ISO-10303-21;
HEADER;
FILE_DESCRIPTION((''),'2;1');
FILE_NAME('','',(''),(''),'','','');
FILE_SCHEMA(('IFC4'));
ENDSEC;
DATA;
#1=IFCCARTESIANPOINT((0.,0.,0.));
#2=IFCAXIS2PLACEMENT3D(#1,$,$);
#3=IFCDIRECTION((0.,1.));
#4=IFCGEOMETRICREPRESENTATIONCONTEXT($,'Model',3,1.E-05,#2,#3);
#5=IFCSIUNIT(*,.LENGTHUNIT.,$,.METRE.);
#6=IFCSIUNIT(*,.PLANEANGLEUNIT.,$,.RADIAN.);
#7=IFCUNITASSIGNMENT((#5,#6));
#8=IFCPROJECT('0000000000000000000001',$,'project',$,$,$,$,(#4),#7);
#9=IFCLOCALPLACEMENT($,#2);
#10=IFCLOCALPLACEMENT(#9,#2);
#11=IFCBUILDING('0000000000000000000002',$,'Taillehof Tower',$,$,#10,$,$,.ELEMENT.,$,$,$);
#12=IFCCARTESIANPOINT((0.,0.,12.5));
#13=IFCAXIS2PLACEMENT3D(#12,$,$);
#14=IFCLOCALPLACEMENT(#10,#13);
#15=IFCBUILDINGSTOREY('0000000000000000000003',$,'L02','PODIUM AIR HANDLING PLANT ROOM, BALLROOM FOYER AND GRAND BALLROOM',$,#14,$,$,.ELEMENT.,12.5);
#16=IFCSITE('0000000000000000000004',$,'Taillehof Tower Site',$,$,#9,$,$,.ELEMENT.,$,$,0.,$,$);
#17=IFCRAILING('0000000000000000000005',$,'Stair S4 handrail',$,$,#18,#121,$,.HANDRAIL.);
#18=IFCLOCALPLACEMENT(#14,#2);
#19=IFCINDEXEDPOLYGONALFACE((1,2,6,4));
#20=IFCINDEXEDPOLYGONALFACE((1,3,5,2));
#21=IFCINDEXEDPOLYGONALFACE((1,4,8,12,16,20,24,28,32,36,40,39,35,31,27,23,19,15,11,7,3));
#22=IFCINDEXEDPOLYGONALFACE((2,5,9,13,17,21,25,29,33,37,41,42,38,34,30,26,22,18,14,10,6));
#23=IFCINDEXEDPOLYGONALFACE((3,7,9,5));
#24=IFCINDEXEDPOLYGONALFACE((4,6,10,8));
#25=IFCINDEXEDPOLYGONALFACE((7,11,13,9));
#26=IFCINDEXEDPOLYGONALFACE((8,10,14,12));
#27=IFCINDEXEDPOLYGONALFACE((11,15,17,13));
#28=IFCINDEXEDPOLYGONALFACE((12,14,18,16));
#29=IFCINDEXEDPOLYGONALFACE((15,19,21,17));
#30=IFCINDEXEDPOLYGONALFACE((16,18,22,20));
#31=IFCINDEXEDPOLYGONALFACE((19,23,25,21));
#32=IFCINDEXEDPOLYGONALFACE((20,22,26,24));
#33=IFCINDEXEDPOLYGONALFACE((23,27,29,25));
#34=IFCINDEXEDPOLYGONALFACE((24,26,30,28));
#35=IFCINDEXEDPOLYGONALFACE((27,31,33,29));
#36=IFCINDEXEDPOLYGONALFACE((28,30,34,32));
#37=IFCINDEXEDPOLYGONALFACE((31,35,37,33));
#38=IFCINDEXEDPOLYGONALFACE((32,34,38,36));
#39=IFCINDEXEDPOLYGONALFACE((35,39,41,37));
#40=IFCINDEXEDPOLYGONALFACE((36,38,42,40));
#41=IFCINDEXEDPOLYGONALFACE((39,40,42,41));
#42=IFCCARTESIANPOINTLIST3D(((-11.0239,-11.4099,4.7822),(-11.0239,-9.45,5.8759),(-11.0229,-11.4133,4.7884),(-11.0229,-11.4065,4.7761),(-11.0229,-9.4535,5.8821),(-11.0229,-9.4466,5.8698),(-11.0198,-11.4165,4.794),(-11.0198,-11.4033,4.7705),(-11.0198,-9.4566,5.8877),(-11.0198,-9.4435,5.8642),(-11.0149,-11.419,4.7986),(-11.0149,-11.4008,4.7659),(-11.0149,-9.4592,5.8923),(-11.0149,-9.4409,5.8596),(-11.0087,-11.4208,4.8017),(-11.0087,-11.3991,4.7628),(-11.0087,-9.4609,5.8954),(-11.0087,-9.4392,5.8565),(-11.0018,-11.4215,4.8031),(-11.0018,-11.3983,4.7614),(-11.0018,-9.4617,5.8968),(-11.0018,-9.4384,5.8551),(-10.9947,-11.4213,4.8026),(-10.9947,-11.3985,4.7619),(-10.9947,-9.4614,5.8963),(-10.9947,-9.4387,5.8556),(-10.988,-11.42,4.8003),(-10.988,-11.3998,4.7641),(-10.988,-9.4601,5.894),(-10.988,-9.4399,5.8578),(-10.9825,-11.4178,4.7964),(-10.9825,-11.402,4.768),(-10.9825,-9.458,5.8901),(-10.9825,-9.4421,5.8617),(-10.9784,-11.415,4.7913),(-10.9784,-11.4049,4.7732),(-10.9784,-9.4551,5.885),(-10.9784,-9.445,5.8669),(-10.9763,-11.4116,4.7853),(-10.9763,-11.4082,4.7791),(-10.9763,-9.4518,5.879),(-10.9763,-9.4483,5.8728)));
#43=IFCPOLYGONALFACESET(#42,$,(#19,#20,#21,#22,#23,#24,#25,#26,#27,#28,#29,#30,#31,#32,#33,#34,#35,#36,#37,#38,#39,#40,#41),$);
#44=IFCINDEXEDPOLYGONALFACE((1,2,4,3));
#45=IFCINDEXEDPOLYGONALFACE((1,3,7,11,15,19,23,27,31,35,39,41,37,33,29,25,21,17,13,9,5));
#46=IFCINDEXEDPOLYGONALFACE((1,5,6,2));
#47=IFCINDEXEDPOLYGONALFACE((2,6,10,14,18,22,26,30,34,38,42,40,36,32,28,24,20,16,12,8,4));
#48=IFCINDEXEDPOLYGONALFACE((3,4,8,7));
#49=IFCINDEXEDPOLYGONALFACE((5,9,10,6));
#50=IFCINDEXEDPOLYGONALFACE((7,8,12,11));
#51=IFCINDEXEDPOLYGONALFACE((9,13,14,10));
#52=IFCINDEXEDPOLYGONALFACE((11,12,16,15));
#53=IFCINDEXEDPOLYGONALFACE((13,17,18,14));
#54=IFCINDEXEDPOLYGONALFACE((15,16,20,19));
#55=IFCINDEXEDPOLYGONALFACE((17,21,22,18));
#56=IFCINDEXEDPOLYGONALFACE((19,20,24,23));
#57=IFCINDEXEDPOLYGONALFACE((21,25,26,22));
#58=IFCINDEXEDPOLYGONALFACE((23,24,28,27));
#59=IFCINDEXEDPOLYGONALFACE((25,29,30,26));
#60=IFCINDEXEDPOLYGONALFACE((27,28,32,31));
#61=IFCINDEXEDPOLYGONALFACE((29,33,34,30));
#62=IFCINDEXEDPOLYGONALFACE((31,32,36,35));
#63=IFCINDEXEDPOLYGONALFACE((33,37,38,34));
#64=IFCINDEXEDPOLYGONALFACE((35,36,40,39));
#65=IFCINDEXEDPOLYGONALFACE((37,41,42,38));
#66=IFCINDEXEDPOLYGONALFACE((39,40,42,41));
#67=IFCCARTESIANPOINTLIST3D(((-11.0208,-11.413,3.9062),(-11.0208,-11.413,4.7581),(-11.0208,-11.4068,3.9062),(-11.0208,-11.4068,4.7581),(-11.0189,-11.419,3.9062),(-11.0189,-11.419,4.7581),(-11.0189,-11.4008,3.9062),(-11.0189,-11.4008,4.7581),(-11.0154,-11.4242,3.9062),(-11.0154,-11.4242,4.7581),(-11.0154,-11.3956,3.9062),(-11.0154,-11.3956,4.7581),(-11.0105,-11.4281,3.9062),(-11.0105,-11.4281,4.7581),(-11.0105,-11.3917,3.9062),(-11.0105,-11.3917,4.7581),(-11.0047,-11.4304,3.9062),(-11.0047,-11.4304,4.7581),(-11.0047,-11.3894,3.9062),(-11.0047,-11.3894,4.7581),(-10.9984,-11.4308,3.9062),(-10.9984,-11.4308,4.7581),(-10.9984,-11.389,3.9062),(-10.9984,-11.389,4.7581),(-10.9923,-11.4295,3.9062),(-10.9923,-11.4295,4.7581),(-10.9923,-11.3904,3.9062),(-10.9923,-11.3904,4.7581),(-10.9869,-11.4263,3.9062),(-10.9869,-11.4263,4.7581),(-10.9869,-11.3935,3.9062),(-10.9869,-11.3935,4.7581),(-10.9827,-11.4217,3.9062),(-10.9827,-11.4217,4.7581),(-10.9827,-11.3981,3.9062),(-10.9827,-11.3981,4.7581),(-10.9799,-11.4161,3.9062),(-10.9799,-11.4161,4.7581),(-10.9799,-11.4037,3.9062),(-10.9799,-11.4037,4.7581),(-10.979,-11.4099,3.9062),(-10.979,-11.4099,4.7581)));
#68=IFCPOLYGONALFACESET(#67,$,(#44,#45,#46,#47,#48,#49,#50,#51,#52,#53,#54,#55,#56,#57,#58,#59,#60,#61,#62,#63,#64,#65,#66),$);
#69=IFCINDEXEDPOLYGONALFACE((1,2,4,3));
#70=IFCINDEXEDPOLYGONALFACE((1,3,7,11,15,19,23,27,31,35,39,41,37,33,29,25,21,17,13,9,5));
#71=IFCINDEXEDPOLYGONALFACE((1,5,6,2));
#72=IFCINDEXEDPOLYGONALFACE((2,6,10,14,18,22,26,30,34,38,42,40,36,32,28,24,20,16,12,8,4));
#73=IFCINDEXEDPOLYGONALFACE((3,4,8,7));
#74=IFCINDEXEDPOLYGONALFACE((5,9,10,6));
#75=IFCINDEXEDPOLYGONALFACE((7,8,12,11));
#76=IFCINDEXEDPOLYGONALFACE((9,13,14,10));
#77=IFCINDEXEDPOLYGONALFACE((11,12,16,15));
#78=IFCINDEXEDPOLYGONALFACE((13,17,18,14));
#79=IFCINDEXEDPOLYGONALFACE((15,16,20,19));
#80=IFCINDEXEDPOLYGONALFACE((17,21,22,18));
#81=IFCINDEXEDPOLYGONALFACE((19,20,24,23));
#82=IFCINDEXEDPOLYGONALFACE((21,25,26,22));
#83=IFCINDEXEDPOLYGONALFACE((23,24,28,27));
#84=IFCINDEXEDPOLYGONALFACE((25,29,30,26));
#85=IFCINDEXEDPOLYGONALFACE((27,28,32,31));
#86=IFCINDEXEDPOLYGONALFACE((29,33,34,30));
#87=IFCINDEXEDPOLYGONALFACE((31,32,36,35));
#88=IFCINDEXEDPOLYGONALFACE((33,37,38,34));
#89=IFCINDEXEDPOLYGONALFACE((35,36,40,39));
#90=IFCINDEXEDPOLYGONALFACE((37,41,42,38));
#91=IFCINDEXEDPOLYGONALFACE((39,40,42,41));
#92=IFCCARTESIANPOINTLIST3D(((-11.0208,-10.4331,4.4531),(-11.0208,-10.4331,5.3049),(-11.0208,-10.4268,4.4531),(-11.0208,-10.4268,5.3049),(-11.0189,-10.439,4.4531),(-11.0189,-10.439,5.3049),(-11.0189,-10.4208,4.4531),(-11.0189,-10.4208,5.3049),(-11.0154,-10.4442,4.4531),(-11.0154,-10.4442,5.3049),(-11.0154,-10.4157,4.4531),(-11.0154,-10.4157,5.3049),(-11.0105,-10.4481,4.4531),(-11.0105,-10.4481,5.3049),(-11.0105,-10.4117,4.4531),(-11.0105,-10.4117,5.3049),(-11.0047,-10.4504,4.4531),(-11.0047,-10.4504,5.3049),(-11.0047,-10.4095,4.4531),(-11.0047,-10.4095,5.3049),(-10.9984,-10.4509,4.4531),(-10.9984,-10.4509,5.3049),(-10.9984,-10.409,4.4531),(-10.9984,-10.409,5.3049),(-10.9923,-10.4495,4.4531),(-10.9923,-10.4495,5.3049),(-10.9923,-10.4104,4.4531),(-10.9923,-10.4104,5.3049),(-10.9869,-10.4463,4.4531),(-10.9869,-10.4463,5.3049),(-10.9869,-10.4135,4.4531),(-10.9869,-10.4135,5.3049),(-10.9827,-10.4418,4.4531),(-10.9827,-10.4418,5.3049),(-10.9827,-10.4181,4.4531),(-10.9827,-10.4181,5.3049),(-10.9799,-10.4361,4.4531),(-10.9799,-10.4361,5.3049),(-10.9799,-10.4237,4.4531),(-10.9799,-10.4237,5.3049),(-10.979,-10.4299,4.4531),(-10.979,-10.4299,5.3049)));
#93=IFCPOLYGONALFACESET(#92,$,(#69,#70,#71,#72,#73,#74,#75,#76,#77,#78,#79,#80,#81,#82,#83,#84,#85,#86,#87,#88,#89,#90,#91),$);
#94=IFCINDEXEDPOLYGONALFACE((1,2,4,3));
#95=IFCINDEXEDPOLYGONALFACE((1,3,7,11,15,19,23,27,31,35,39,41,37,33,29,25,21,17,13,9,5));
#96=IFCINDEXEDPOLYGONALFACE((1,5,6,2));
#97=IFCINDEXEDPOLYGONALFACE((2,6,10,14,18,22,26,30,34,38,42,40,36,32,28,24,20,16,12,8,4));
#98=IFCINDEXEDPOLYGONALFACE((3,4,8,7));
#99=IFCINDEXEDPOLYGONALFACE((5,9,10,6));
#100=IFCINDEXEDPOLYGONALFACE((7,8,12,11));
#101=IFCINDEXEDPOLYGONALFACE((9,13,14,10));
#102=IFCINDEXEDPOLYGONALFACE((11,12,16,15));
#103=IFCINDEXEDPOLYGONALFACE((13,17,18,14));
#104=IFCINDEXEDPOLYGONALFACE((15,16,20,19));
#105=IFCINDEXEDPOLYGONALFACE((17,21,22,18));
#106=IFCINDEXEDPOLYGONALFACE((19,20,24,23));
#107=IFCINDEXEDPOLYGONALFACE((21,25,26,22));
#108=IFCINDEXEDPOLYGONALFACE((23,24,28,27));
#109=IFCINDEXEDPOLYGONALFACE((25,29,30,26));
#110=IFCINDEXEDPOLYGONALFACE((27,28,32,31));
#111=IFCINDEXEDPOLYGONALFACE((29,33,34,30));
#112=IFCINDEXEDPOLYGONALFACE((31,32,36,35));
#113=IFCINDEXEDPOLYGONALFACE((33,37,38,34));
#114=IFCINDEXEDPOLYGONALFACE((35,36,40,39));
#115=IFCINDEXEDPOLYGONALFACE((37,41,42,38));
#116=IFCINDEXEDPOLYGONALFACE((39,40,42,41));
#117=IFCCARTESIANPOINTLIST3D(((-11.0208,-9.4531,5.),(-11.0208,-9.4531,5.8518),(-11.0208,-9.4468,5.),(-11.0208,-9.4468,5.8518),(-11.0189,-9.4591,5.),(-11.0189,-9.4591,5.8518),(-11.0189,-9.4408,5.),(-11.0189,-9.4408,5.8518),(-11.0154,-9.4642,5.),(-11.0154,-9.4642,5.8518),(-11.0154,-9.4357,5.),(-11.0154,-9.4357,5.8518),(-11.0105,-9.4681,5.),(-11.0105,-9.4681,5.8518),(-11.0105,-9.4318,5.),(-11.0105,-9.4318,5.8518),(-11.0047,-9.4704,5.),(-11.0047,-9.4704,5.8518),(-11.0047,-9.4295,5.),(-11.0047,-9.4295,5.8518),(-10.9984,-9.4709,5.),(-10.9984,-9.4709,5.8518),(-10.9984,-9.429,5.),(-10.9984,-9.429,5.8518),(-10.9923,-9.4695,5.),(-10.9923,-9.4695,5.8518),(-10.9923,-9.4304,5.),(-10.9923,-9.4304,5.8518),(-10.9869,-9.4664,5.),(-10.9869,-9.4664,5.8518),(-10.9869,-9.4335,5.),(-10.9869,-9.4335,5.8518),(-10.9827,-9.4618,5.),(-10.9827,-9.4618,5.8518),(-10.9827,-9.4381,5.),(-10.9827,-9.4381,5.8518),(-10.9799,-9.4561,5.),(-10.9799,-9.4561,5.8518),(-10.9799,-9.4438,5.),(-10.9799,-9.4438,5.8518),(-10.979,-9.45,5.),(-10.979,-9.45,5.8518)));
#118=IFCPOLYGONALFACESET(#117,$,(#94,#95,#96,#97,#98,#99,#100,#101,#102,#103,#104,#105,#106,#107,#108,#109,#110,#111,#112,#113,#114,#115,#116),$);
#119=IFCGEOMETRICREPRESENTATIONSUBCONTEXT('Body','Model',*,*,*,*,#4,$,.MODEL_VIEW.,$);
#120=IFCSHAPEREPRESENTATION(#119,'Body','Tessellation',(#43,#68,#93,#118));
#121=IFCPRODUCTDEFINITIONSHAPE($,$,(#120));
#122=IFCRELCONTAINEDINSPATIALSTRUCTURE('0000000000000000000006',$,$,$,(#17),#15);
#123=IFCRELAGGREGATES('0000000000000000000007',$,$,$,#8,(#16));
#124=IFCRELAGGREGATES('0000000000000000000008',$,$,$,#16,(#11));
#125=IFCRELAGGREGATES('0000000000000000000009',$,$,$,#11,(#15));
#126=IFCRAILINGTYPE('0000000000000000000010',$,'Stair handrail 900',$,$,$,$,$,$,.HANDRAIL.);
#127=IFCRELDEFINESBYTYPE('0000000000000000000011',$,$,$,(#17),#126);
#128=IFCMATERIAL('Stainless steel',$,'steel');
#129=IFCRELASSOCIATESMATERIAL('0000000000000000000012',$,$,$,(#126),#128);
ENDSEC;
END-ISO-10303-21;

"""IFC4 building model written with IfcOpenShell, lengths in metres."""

from ifc_helpers import new_model, si_unit, direction, frame, origin, origin_2d, place, context, subcontext, project, spatial, circle, extrude, material, type_object, element, save


model = new_model("IFC4")

# Units and contexts
model_context = context("Model", 3, precision=1e-05, world=origin(), true_north=direction((0.0, 1.0)))
body_context = subcontext(model_context, "Body", "Model", "MODEL_VIEW")
ifc_project = project(units=[si_unit("LENGTHUNIT", "METRE"), si_unit("PLANEANGLEUNIT", "RADIAN")], contexts=[model_context])

# Site, building, storey
site_placement = place(None, origin())
site = spatial("IfcSite", under=ifc_project, at=site_placement, Name="Taillehof Tower Site", CompositionType="ELEMENT", RefElevation=0.0)
building_placement = place(site_placement, origin())
building = spatial("IfcBuilding", under=site, at=building_placement, Name="Taillehof Tower", CompositionType="ELEMENT")
storey_placement = place(building_placement, frame((0.0, 0.0, 12.5)))
storey = spatial("IfcBuildingStorey", under=building, at=storey_placement, Name="L02", Description="PODIUM AIR HANDLING PLANT ROOM, BALLROOM FOYER AND GRAND BALLROOM", CompositionType="ELEMENT", Elevation=12.5)

# Railing
ifc_material_1 = material(Name="Stainless steel", Category="steel")
railing_type_1 = type_object("IfcRailingType", Name="Stair handrail 900", PredefinedType="HANDRAIL", material=ifc_material_1)
railing_1_placement = place(storey_placement, frame((-11.0, -11.4099, 3.9062)))
element("IfcRailing", 1, at=railing_1_placement, inside=storey, type_object=railing_type_1, Name="Stair S4 handrail", PredefinedType="HANDRAIL", context=body_context, shape_type="SweptSolid", body=[
    extrude(circle(Radius=0.0239, at=origin_2d()), frame((0.0, 0.0, 0.876), z_axis=(0.0, 0.873232, 0.487304), x_axis=(-1.0, 0.0, 0.0)), (0.0, 0.0, 1.0), 2.2444),
    extrude(circle(Radius=0.021, at=origin_2d()), origin(), (0.0, 0.0, 1.0), 0.8518),
    extrude(circle(Radius=0.021, at=origin_2d()), frame((0.0, 0.98, 0.5469)), (0.0, 0.0, 1.0), 0.8518),
    extrude(circle(Radius=0.021, at=origin_2d()), frame((0.0, 1.96, 1.0938)), (0.0, 0.0, 1.0), 0.8518),
])

save(model, "model.ifc")
